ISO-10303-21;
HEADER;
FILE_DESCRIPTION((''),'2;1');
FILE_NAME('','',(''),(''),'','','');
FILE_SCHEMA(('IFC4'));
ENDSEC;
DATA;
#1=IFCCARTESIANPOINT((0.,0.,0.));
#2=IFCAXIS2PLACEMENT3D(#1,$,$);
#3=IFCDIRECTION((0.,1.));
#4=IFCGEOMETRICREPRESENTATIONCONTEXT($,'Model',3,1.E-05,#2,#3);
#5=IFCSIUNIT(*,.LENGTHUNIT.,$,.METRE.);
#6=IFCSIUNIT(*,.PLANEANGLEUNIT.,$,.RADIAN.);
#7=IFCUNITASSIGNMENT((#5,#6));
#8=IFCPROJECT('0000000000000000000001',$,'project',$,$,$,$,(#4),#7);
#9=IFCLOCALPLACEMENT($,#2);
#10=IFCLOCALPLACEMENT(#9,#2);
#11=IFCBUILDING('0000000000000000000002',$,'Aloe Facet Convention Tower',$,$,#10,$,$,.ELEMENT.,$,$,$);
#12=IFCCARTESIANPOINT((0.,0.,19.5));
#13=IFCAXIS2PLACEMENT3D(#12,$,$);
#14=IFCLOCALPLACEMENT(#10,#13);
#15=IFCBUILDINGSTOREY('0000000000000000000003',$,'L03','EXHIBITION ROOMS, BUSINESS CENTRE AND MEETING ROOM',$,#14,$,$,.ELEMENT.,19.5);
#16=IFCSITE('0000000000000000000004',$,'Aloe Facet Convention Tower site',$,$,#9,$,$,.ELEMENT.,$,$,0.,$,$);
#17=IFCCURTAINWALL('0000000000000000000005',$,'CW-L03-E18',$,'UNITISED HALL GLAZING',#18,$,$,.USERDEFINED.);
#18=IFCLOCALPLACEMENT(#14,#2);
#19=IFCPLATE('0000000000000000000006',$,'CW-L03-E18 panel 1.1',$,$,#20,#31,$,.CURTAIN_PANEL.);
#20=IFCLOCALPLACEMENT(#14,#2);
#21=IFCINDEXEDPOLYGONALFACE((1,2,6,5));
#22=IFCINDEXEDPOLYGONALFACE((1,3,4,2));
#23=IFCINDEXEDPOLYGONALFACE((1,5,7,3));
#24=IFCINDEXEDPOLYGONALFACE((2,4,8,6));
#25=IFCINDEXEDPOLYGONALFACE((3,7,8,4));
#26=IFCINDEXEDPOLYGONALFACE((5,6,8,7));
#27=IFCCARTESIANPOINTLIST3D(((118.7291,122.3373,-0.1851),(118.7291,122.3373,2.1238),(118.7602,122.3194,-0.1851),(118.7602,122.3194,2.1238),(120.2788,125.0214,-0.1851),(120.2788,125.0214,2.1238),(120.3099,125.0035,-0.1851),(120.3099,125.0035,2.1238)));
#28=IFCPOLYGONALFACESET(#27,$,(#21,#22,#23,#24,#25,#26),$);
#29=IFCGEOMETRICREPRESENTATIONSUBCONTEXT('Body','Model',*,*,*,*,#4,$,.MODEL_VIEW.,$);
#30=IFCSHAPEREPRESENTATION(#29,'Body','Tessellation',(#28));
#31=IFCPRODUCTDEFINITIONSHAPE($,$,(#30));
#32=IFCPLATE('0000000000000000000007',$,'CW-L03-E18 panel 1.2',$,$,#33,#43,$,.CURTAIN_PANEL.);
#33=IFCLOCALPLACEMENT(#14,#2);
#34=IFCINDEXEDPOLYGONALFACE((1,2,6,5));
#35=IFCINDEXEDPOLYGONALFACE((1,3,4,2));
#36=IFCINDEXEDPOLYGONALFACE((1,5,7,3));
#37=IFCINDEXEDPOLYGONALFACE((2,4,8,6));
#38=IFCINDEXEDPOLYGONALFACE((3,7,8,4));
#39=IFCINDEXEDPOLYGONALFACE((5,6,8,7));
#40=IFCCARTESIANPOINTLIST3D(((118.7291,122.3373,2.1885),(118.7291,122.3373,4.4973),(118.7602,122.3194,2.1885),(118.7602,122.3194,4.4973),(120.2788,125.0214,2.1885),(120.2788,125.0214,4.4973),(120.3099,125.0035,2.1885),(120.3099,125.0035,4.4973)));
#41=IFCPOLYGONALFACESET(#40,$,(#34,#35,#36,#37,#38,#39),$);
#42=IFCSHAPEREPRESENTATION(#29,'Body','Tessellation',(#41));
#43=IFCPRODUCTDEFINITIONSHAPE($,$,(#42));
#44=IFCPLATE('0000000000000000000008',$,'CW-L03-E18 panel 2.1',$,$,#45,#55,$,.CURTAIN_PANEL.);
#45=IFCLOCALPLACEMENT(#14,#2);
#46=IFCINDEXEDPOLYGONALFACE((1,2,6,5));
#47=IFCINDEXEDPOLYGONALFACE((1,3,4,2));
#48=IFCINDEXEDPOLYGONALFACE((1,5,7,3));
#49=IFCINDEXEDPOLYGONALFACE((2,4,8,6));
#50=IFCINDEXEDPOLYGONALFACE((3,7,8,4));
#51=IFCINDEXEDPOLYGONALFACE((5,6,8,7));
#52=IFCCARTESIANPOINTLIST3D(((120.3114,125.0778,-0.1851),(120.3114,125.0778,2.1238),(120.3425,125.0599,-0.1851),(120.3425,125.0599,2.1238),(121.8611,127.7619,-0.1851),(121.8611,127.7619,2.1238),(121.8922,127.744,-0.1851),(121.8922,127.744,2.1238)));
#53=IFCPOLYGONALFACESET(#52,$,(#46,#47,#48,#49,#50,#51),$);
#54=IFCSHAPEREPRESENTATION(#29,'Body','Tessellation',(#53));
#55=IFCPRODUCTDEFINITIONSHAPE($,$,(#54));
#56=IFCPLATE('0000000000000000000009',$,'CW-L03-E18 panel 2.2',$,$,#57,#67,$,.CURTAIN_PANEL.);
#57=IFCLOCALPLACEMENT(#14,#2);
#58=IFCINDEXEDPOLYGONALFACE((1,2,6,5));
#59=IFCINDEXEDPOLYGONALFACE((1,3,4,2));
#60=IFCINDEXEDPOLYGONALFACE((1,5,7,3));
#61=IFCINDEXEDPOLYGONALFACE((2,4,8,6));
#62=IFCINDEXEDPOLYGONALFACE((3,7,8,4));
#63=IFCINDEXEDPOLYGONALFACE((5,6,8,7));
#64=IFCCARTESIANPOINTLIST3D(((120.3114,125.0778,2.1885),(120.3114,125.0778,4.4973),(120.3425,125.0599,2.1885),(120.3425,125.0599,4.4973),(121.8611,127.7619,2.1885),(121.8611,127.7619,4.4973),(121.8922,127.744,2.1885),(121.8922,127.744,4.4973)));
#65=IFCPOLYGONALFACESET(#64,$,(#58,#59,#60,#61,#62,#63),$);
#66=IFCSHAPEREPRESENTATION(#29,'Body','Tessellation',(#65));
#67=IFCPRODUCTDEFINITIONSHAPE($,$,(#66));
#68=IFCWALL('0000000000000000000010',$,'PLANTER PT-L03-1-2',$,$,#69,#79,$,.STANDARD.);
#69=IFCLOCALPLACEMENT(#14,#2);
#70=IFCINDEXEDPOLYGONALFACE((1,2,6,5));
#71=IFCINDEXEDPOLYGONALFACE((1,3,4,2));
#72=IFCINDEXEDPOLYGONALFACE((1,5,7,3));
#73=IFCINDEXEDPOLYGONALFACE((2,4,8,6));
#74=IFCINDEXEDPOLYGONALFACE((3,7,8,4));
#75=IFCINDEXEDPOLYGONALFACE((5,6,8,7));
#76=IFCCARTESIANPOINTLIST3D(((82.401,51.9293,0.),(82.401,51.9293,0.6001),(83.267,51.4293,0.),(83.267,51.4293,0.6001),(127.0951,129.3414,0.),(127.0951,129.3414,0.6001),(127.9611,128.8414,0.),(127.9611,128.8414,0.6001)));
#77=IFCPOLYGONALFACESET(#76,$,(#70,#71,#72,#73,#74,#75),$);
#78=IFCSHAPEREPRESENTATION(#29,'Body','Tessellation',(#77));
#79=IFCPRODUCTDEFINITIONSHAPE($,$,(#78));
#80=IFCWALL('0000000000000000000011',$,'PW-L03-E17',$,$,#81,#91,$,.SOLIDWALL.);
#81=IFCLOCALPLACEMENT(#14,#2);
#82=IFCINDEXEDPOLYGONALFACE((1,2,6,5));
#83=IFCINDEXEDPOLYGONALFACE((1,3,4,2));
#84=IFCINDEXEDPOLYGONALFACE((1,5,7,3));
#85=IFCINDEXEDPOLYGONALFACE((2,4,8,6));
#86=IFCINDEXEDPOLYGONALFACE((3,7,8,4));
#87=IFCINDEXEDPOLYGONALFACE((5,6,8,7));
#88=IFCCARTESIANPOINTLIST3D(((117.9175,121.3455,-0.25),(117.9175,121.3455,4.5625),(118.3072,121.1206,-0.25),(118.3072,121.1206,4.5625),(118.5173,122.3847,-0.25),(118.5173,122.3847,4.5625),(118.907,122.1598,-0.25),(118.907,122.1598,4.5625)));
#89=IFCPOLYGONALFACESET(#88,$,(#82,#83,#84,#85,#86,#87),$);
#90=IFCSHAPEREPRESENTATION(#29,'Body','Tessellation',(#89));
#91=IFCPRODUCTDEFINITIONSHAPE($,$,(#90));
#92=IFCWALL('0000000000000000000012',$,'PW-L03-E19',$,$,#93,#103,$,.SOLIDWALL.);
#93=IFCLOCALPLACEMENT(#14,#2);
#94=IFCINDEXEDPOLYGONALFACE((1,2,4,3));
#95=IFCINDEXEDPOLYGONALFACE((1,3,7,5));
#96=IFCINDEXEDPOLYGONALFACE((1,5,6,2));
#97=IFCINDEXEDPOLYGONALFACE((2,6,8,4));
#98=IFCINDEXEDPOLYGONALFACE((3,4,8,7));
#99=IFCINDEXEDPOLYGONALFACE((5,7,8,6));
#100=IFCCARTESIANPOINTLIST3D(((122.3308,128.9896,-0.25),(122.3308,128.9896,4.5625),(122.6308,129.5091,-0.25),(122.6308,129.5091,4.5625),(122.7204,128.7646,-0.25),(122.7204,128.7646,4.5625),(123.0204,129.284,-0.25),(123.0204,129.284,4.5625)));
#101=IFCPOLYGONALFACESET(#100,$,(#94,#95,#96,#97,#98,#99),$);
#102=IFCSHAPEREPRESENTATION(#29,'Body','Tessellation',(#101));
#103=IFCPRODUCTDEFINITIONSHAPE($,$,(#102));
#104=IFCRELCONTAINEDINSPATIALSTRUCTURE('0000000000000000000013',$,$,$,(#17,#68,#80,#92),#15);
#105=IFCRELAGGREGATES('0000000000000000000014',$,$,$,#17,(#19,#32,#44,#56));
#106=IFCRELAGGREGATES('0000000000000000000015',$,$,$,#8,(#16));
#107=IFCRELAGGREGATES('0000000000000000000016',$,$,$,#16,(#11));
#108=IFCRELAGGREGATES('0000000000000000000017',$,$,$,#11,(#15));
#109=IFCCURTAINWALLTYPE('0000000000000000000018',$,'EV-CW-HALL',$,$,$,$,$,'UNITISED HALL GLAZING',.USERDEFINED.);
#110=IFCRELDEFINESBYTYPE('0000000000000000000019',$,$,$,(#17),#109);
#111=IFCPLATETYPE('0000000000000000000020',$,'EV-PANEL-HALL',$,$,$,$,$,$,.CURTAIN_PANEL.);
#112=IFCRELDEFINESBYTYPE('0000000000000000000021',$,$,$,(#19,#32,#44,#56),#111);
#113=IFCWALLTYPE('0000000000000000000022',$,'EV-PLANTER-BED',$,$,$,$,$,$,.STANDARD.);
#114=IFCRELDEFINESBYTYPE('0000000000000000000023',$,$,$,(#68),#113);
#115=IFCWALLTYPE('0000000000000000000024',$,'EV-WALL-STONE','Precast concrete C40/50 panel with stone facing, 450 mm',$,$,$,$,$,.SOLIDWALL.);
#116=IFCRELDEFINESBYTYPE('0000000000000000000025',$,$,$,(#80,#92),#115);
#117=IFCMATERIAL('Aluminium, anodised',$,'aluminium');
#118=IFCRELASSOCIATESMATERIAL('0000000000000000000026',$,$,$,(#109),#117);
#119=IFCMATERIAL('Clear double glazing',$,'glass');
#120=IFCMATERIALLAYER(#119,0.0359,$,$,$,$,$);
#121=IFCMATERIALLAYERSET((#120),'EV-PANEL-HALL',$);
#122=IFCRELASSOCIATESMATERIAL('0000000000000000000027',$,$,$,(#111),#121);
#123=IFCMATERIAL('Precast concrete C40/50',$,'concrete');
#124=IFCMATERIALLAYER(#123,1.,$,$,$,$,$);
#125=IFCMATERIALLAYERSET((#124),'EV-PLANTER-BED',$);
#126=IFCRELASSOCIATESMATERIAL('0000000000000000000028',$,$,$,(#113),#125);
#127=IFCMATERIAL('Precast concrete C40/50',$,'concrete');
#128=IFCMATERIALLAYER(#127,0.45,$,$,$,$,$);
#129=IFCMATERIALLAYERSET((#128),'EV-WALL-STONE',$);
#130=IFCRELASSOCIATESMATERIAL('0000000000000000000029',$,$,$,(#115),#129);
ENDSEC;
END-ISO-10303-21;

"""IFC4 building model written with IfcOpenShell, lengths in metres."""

from ifc_helpers import new_model, si_unit, direction, frame, frame_2d, origin, origin_2d, place, context, subcontext, project, spatial, rectangle, extrude, material, layer, layer_set, type_object, element, aggregate, save


model = new_model("IFC4")

# Units and contexts
model_context = context("Model", 3, precision=1e-05, world=origin(), true_north=direction((0.0, 1.0)))
body_context = subcontext(model_context, "Body", "Model", "MODEL_VIEW")
ifc_project = project(units=[si_unit("LENGTHUNIT", "METRE"), si_unit("PLANEANGLEUNIT", "RADIAN")], contexts=[model_context])

# Site, building, storey
site_placement = place(None, origin())
site = spatial("IfcSite", under=ifc_project, at=site_placement, Name="Aloe Facet Convention Tower site", CompositionType="ELEMENT", RefElevation=0.0)
building_placement = place(site_placement, origin())
building = spatial("IfcBuilding", under=site, at=building_placement, Name="Aloe Facet Convention Tower", CompositionType="ELEMENT")
storey_placement = place(building_placement, frame((0.0, 0.0, 19.5)))
storey = spatial("IfcBuildingStorey", under=building, at=storey_placement, Name="L03", Description="EXHIBITION ROOMS, BUSINESS CENTRE AND MEETING ROOM", CompositionType="ELEMENT", Elevation=19.5)

# Shared definitions
ifc_material_1 = material(Name="Aluminium, anodised", Category="aluminium")
curtain_wall_type = type_object("IfcCurtainWallType", Name="EV-CW-HALL", ElementType="UNITISED HALL GLAZING", PredefinedType="USERDEFINED", material=ifc_material_1)

# Curtain wall
curtain_wall_1_placement = place(storey_placement, origin())
curtain_wall_1 = element("IfcCurtainWall", 1, at=curtain_wall_1_placement, inside=storey, type_object=curtain_wall_type, Name="CW-L03-E18", ObjectType="UNITISED HALL GLAZING", PredefinedType="USERDEFINED")

# Plates
ifc_material_2 = material(Name="Clear double glazing", Category="glass")
ifc_layer_1 = layer(ifc_material_2, 0.0359)
ifc_layer_set_1 = layer_set([ifc_layer_1], Name="EV-PANEL-HALL")
plate_type = type_object("IfcPlateType", Name="EV-PANEL-HALL", PredefinedType="CURTAIN_PANEL", material=ifc_layer_set_1)
plate_1_placement = place(storey_placement, frame((119.5195, 123.6704, -0.1851), z_axis=(0.0, 0.0, 1.0), x_axis=(0.5, 0.866025, 0.0)))
plate_1 = element("IfcPlate", 2, at=plate_1_placement, type_object=plate_type, Name="CW-L03-E18 panel 1.1", PredefinedType="CURTAIN_PANEL", context=body_context, shape_type="SweptSolid", body=[
    extrude(rectangle(XDim=3.0994, YDim=0.0359, at=origin_2d()), origin(), (0.0, 0.0, 1.0), 2.3088),
])
plate_2_placement = place(storey_placement, frame((119.5195, 123.6704, 2.1885), z_axis=(0.0, 0.0, 1.0), x_axis=(0.5, 0.866025, 0.0)))
plate_2 = element("IfcPlate", 3, at=plate_2_placement, type_object=plate_type, Name="CW-L03-E18 panel 1.2", PredefinedType="CURTAIN_PANEL", context=body_context, shape_type="SweptSolid", body=[
    extrude(rectangle(XDim=3.0994, YDim=0.0359, at=origin_2d()), origin(), (0.0, 0.0, 1.0), 2.3088),
])
plate_3_placement = place(storey_placement, frame((121.1018, 126.4109, -0.1851), z_axis=(0.0, 0.0, 1.0), x_axis=(0.5, 0.866025, 0.0)))
plate_3 = element("IfcPlate", 4, at=plate_3_placement, type_object=plate_type, Name="CW-L03-E18 panel 2.1", PredefinedType="CURTAIN_PANEL", context=body_context, shape_type="SweptSolid", body=[
    extrude(rectangle(XDim=3.0994, YDim=0.0359, at=origin_2d()), origin(), (0.0, 0.0, 1.0), 2.3088),
])
plate_4_placement = place(storey_placement, frame((121.1018, 126.4109, 2.1885), z_axis=(0.0, 0.0, 1.0), x_axis=(0.5, 0.866025, 0.0)))
plate_4 = element("IfcPlate", 5, at=plate_4_placement, type_object=plate_type, Name="CW-L03-E18 panel 2.2", PredefinedType="CURTAIN_PANEL", context=body_context, shape_type="SweptSolid", body=[
    extrude(rectangle(XDim=3.0994, YDim=0.0359, at=origin_2d()), origin(), (0.0, 0.0, 1.0), 2.3088),
])
aggregate(curtain_wall_1, [plate_1, plate_2, plate_3, plate_4])

# Walls
ifc_material_3 = material(Name="Precast concrete C40/50", Category="concrete")
ifc_layer_2 = layer(ifc_material_3, 1.0)
ifc_layer_set_2 = layer_set([ifc_layer_2], Name="EV-PLANTER-BED")
wall_type_1 = type_object("IfcWallType", Name="EV-PLANTER-BED", PredefinedType="STANDARD", material=ifc_layer_set_2)
wall_1_placement = place(storey_placement, frame((127.5281, 129.0913, 0.0), z_axis=(0.0, 0.0, 1.0), x_axis=(-0.500002, -0.866024, 0.0)))
element("IfcWall", 6, at=wall_1_placement, inside=storey, type_object=wall_type_1, Name="PLANTER PT-L03-1-2", PredefinedType="STANDARD", context=body_context, shape_type="SweptSolid", body=[
    extrude(rectangle(XDim=89.3879, YDim=1.0, at=frame_2d((44.6938, 0.0))), origin(), (0.0, 0.0, 1.0), 0.6001),
])
ifc_material_4 = material(Name="Precast concrete C40/50", Category="concrete")
ifc_layer_3 = layer(ifc_material_4, 0.45)
ifc_layer_set_3 = layer_set([ifc_layer_3], Name="EV-WALL-STONE")
wall_type_2 = type_object("IfcWallType", Name="EV-WALL-STONE", Description="Precast concrete C40/50 panel with stone facing, 450 mm", PredefinedType="SOLIDWALL", material=ifc_layer_set_3)
wall_2_placement = place(storey_placement, frame((118.1123, 121.2329, -0.25), z_axis=(0.0, 0.0, 1.0), x_axis=(0.499881, 0.866094, 0.0)))
element("IfcWall", 7, at=wall_2_placement, inside=storey, type_object=wall_type_2, Name="PW-L03-E17", PredefinedType="SOLIDWALL", context=body_context, shape_type="SweptSolid", body=[
    extrude(rectangle(XDim=1.2, YDim=0.45, at=frame_2d((0.6001, 0.0))), origin(), (0.0, 0.0, 1.0), 4.8125),
])
wall_3_placement = place(storey_placement, frame((122.5256, 128.8772, -0.25), z_axis=(0.0, 0.0, 1.0), x_axis=(0.500122, 0.865955, 0.0)))
element("IfcWall", 8, at=wall_3_placement, inside=storey, type_object=wall_type_2, Name="PW-L03-E19", PredefinedType="SOLIDWALL", context=body_context, shape_type="SweptSolid", body=[
    extrude(rectangle(XDim=0.5999, YDim=0.45, at=frame_2d((0.2998, 0.0))), origin(), (0.0, 0.0, 1.0), 4.8125),
])

save(model, "model.ifc")
